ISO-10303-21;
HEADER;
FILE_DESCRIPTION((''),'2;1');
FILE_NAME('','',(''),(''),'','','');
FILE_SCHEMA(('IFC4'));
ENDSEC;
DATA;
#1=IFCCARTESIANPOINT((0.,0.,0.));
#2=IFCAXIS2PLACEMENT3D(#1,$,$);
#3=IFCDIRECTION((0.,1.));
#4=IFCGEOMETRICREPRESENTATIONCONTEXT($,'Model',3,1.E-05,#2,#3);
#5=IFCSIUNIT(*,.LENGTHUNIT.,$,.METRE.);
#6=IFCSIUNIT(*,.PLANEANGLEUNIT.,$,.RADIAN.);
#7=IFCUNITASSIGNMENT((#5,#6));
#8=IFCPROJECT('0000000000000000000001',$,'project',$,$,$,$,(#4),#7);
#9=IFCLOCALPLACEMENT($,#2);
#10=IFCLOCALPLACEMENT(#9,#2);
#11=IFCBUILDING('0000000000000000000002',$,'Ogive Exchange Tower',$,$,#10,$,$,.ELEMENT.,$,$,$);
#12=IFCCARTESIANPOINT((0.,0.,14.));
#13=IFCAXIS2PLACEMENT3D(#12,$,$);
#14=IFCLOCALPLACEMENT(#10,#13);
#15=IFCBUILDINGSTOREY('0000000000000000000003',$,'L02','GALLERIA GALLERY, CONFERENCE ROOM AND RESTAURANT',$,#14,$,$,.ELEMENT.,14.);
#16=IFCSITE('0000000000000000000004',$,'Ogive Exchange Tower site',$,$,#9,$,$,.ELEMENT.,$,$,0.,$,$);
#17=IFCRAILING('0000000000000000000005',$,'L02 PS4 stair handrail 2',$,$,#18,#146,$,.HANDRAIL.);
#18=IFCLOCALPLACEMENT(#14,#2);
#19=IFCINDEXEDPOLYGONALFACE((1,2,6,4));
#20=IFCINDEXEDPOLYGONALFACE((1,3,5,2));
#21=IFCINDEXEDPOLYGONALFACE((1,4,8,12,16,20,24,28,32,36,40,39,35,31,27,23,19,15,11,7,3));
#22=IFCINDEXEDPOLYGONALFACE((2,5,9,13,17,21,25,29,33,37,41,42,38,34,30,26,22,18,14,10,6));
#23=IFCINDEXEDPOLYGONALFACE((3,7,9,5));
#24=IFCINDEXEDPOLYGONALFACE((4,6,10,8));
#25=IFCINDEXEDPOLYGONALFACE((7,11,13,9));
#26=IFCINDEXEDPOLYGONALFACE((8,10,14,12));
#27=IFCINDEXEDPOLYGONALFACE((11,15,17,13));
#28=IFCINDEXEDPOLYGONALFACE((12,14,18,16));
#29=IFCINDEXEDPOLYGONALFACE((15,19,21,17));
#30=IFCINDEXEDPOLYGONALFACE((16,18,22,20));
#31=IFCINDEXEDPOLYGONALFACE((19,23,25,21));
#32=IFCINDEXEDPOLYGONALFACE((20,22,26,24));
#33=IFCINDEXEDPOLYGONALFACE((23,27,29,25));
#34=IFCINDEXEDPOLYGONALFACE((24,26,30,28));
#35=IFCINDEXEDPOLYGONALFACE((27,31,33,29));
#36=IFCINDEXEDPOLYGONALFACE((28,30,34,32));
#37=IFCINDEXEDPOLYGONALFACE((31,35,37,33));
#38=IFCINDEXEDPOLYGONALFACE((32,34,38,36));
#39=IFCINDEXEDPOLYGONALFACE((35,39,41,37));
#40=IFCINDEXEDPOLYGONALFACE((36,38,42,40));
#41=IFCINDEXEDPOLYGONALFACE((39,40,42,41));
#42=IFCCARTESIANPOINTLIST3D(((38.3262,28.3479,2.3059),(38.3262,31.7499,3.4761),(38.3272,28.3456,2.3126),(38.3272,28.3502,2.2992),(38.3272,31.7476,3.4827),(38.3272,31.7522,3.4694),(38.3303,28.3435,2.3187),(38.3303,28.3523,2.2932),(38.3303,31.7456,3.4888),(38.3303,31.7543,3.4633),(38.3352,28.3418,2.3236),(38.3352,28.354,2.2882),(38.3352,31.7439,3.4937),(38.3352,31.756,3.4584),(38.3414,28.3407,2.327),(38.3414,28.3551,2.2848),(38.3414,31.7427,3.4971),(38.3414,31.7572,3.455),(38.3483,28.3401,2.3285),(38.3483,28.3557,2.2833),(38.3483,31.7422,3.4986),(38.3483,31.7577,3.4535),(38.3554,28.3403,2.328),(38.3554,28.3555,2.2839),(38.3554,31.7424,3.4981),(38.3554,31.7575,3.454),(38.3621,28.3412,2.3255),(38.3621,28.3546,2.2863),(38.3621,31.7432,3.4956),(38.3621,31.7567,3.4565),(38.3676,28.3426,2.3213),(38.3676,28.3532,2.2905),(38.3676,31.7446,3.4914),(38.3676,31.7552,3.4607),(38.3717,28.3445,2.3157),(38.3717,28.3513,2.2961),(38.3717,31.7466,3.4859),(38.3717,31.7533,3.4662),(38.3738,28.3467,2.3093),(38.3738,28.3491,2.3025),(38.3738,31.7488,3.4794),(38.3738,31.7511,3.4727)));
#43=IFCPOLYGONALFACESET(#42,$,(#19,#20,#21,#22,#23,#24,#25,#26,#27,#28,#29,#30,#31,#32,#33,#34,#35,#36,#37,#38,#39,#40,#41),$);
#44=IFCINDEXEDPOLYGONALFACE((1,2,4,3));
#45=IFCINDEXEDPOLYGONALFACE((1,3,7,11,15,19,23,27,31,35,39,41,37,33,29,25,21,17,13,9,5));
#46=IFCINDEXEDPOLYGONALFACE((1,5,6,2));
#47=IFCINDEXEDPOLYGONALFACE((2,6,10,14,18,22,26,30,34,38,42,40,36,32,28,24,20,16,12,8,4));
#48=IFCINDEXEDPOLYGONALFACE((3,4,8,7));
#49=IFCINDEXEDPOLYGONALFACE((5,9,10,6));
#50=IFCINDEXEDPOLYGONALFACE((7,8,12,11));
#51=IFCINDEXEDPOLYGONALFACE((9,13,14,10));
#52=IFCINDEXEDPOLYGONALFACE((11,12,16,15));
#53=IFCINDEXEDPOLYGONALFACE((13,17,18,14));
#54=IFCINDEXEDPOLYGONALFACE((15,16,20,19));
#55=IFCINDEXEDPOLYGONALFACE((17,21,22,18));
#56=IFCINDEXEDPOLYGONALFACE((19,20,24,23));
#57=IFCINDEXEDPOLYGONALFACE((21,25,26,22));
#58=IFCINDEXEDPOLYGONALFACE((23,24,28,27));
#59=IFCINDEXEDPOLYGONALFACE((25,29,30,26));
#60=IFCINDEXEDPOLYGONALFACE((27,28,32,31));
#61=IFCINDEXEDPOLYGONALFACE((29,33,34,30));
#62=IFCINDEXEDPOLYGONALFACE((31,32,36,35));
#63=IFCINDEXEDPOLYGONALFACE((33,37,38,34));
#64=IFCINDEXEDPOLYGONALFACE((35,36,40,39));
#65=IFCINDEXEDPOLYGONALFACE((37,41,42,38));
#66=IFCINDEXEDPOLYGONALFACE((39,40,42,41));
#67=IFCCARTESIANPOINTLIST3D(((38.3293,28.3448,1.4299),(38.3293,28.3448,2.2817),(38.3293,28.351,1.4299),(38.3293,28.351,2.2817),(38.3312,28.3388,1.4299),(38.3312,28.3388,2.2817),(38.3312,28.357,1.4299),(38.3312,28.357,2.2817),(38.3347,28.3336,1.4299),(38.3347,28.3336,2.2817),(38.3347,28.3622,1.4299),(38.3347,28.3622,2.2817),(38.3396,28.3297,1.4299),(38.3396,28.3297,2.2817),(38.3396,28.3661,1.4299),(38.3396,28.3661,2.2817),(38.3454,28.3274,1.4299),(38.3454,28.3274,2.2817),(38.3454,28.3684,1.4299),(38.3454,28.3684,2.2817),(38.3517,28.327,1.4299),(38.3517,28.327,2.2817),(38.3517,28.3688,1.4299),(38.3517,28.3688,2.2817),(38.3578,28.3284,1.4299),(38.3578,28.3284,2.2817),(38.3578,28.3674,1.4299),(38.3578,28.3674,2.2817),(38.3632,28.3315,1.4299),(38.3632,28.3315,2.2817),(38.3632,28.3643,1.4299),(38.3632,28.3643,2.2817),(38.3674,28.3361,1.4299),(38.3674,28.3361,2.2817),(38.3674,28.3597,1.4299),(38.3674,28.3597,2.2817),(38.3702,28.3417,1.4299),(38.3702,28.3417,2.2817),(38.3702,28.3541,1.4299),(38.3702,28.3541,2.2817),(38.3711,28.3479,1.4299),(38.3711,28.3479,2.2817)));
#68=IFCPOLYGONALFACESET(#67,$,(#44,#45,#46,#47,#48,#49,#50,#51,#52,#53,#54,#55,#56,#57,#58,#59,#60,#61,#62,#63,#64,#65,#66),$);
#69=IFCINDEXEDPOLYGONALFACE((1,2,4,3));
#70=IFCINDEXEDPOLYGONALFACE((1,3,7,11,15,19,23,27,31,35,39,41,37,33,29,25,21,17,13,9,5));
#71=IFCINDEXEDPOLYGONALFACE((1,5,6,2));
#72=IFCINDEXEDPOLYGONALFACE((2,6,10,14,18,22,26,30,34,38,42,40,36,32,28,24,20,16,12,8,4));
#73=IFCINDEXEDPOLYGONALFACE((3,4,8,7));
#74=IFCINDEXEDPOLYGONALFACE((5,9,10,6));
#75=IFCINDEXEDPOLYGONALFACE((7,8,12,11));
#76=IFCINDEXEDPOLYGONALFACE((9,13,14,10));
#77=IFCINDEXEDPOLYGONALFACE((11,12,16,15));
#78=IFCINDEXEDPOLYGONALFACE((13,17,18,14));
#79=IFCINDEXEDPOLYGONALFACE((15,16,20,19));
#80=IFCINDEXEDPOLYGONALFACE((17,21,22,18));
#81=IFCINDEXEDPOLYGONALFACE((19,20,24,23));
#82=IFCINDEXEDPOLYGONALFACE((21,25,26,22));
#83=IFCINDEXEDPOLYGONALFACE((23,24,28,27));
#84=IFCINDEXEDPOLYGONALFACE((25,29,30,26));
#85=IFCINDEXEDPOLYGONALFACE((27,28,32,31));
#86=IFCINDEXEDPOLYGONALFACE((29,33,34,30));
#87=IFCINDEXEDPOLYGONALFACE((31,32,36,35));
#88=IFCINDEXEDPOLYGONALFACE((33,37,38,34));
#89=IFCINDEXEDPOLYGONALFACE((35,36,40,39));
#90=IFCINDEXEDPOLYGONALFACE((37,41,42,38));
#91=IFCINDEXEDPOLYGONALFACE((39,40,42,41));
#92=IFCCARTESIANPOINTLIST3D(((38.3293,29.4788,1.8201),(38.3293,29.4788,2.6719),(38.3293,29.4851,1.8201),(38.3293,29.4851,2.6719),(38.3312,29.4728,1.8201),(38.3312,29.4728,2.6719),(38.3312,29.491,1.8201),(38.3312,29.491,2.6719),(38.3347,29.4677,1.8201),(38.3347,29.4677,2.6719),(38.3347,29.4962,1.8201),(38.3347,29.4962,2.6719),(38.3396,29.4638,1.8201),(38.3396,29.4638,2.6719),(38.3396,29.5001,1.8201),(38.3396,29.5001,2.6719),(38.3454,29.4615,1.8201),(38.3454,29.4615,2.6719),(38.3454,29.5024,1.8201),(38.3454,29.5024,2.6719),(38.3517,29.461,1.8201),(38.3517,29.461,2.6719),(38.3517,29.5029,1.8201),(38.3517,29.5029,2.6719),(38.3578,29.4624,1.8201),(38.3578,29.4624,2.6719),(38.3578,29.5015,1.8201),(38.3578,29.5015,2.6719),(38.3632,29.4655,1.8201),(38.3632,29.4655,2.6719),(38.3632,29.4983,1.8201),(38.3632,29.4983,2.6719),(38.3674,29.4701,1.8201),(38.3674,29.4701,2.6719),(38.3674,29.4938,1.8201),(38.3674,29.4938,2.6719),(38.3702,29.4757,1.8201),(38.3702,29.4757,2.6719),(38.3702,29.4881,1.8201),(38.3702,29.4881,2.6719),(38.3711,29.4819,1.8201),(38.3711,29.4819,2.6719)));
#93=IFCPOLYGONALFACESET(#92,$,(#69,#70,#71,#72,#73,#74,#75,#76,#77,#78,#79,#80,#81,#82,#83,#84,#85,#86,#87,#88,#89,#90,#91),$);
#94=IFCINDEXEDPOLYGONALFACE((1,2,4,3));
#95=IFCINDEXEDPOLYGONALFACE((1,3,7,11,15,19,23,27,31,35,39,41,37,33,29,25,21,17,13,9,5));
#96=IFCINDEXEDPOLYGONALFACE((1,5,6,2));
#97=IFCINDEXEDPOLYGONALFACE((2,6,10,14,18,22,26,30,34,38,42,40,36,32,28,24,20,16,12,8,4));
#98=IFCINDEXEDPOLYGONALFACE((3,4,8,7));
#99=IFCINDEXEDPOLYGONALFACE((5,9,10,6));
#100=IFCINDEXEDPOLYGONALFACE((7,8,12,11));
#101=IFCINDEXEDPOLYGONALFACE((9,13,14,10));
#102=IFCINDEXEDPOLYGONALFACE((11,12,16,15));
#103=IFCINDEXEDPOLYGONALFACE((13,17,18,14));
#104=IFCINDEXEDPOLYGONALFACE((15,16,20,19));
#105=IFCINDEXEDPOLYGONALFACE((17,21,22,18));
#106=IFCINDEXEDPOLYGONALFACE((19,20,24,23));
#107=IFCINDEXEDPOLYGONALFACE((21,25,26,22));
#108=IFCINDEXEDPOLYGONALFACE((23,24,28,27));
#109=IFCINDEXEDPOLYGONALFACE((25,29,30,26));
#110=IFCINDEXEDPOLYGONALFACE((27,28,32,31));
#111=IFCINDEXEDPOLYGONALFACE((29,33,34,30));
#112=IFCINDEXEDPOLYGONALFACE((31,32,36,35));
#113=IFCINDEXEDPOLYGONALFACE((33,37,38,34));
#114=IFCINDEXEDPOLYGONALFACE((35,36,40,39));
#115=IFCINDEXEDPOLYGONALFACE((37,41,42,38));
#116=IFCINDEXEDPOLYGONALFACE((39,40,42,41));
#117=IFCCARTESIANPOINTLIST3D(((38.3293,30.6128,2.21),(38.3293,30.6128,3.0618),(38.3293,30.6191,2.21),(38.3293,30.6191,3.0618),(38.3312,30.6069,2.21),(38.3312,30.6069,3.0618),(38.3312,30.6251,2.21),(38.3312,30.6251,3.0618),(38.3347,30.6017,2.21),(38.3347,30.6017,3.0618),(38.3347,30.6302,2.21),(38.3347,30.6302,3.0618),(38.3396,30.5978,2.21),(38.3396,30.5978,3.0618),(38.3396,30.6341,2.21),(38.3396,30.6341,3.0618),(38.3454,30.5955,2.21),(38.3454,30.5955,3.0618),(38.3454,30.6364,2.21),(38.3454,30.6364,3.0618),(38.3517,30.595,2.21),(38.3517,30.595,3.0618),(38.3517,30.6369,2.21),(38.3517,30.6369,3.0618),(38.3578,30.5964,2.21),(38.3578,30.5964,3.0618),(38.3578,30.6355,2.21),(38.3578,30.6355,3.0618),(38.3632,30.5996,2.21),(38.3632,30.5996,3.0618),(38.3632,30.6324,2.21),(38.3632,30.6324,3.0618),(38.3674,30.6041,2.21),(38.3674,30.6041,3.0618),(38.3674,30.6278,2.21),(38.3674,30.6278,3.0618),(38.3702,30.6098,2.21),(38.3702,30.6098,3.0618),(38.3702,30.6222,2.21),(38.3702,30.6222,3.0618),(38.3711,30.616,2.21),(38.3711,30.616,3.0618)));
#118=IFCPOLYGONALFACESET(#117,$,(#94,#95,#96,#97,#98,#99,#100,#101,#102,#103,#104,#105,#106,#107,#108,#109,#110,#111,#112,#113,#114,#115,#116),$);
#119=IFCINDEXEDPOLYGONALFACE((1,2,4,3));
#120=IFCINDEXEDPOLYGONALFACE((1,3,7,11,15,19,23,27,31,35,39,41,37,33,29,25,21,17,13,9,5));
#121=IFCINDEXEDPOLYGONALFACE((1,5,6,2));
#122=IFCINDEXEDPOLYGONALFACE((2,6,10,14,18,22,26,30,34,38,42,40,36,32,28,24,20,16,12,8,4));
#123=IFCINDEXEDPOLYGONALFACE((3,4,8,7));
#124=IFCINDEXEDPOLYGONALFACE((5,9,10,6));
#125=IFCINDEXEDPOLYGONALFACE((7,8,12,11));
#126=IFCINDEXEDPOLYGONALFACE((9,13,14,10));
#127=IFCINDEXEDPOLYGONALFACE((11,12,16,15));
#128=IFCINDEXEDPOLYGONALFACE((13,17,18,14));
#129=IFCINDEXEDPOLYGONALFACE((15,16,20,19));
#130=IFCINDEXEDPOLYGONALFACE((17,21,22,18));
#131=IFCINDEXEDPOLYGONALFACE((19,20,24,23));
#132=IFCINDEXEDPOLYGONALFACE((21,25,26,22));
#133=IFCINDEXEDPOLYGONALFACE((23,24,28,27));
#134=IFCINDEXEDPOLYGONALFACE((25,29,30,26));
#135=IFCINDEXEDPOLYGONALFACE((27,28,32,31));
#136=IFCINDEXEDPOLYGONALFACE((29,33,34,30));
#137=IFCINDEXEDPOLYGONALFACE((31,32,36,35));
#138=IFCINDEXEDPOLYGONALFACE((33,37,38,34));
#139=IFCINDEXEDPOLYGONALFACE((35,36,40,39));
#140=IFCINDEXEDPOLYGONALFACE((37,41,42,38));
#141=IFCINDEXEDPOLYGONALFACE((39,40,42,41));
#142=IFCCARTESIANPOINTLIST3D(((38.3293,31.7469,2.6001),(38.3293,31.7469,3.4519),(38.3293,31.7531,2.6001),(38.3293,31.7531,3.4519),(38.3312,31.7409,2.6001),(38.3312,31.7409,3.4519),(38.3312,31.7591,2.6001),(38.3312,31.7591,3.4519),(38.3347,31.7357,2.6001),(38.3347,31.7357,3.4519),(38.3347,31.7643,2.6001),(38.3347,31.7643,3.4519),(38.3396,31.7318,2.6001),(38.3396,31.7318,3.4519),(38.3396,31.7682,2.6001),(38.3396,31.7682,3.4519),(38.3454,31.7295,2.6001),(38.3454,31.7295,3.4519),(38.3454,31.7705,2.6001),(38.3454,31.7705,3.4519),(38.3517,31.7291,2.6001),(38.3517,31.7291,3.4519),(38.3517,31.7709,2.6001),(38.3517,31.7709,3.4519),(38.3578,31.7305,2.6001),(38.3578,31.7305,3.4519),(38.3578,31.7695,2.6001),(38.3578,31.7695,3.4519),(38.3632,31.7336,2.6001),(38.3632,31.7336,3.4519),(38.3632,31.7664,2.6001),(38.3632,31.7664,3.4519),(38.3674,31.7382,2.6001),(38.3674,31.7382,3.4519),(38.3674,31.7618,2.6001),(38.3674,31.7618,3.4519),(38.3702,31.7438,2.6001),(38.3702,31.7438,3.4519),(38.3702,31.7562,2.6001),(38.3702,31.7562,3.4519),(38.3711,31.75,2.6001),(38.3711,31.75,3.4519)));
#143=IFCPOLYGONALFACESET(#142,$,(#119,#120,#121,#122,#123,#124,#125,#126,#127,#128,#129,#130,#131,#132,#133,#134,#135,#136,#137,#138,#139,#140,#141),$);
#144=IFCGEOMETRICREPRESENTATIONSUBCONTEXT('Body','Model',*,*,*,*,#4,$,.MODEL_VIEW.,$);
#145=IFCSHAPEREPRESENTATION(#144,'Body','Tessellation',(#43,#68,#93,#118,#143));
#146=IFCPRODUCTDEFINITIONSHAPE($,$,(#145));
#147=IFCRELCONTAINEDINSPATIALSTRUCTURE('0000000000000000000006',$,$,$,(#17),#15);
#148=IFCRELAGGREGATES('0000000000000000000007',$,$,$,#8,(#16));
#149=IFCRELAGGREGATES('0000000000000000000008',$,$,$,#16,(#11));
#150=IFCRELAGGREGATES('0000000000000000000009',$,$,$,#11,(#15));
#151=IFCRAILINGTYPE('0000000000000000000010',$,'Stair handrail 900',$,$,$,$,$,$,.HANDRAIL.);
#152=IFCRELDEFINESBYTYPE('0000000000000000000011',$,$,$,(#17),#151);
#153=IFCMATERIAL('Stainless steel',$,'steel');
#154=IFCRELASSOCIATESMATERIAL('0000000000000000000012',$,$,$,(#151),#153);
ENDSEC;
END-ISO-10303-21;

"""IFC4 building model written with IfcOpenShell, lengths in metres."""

from ifc_helpers import new_model, si_unit, direction, frame, origin, origin_2d, place, context, subcontext, project, spatial, circle, extrude, material, type_object, element, save


model = new_model("IFC4")

# Units and contexts
model_context = context("Model", 3, precision=1e-05, world=origin(), true_north=direction((0.0, 1.0)))
body_context = subcontext(model_context, "Body", "Model", "MODEL_VIEW")
ifc_project = project(units=[si_unit("LENGTHUNIT", "METRE"), si_unit("PLANEANGLEUNIT", "RADIAN")], contexts=[model_context])

# Site, building, storey
site_placement = place(None, origin())
site = spatial("IfcSite", under=ifc_project, at=site_placement, Name="Ogive Exchange Tower site", CompositionType="ELEMENT", RefElevation=0.0)
building_placement = place(site_placement, origin())
building = spatial("IfcBuilding", under=site, at=building_placement, Name="Ogive Exchange Tower", CompositionType="ELEMENT")
storey_placement = place(building_placement, frame((0.0, 0.0, 14.0)))
storey = spatial("IfcBuildingStorey", under=building, at=storey_placement, Name="L02", Description="GALLERIA GALLERY, CONFERENCE ROOM AND RESTAURANT", CompositionType="ELEMENT", Elevation=14.0)

# Railing
ifc_material_1 = material(Name="Stainless steel", Category="steel")
railing_type = type_object("IfcRailingType", Name="Stair handrail 900", PredefinedType="HANDRAIL", material=ifc_material_1)
railing_1_placement = place(storey_placement, frame((38.3501, 28.3479, 1.4299)))
element("IfcRailing", 1, at=railing_1_placement, inside=storey, type_object=railing_type, Name="L02 PS4 stair handrail 2", PredefinedType="HANDRAIL", context=body_context, shape_type="SweptSolid", body=[
    extrude(circle(Radius=0.0239, at=origin_2d()), frame((0.0, 0.0, 0.876), z_axis=(0.0, 0.945627, 0.325252), x_axis=(-1.0, 0.0, 0.0)), (0.0, 0.0, 1.0), 3.5977),
    extrude(circle(Radius=0.021, at=origin_2d()), origin(), (0.0, 0.0, 1.0), 0.8518),
    extrude(circle(Radius=0.021, at=origin_2d()), frame((0.0, 1.134, 0.3901)), (0.0, 0.0, 1.0), 0.8518),
    extrude(circle(Radius=0.021, at=origin_2d()), frame((0.0, 2.2681, 0.78)), (0.0, 0.0, 1.0), 0.8518),
    extrude(circle(Radius=0.021, at=origin_2d()), frame((0.0, 3.4021, 1.1702)), (0.0, 0.0, 1.0), 0.8518),
])

save(model, "model.ifc")
